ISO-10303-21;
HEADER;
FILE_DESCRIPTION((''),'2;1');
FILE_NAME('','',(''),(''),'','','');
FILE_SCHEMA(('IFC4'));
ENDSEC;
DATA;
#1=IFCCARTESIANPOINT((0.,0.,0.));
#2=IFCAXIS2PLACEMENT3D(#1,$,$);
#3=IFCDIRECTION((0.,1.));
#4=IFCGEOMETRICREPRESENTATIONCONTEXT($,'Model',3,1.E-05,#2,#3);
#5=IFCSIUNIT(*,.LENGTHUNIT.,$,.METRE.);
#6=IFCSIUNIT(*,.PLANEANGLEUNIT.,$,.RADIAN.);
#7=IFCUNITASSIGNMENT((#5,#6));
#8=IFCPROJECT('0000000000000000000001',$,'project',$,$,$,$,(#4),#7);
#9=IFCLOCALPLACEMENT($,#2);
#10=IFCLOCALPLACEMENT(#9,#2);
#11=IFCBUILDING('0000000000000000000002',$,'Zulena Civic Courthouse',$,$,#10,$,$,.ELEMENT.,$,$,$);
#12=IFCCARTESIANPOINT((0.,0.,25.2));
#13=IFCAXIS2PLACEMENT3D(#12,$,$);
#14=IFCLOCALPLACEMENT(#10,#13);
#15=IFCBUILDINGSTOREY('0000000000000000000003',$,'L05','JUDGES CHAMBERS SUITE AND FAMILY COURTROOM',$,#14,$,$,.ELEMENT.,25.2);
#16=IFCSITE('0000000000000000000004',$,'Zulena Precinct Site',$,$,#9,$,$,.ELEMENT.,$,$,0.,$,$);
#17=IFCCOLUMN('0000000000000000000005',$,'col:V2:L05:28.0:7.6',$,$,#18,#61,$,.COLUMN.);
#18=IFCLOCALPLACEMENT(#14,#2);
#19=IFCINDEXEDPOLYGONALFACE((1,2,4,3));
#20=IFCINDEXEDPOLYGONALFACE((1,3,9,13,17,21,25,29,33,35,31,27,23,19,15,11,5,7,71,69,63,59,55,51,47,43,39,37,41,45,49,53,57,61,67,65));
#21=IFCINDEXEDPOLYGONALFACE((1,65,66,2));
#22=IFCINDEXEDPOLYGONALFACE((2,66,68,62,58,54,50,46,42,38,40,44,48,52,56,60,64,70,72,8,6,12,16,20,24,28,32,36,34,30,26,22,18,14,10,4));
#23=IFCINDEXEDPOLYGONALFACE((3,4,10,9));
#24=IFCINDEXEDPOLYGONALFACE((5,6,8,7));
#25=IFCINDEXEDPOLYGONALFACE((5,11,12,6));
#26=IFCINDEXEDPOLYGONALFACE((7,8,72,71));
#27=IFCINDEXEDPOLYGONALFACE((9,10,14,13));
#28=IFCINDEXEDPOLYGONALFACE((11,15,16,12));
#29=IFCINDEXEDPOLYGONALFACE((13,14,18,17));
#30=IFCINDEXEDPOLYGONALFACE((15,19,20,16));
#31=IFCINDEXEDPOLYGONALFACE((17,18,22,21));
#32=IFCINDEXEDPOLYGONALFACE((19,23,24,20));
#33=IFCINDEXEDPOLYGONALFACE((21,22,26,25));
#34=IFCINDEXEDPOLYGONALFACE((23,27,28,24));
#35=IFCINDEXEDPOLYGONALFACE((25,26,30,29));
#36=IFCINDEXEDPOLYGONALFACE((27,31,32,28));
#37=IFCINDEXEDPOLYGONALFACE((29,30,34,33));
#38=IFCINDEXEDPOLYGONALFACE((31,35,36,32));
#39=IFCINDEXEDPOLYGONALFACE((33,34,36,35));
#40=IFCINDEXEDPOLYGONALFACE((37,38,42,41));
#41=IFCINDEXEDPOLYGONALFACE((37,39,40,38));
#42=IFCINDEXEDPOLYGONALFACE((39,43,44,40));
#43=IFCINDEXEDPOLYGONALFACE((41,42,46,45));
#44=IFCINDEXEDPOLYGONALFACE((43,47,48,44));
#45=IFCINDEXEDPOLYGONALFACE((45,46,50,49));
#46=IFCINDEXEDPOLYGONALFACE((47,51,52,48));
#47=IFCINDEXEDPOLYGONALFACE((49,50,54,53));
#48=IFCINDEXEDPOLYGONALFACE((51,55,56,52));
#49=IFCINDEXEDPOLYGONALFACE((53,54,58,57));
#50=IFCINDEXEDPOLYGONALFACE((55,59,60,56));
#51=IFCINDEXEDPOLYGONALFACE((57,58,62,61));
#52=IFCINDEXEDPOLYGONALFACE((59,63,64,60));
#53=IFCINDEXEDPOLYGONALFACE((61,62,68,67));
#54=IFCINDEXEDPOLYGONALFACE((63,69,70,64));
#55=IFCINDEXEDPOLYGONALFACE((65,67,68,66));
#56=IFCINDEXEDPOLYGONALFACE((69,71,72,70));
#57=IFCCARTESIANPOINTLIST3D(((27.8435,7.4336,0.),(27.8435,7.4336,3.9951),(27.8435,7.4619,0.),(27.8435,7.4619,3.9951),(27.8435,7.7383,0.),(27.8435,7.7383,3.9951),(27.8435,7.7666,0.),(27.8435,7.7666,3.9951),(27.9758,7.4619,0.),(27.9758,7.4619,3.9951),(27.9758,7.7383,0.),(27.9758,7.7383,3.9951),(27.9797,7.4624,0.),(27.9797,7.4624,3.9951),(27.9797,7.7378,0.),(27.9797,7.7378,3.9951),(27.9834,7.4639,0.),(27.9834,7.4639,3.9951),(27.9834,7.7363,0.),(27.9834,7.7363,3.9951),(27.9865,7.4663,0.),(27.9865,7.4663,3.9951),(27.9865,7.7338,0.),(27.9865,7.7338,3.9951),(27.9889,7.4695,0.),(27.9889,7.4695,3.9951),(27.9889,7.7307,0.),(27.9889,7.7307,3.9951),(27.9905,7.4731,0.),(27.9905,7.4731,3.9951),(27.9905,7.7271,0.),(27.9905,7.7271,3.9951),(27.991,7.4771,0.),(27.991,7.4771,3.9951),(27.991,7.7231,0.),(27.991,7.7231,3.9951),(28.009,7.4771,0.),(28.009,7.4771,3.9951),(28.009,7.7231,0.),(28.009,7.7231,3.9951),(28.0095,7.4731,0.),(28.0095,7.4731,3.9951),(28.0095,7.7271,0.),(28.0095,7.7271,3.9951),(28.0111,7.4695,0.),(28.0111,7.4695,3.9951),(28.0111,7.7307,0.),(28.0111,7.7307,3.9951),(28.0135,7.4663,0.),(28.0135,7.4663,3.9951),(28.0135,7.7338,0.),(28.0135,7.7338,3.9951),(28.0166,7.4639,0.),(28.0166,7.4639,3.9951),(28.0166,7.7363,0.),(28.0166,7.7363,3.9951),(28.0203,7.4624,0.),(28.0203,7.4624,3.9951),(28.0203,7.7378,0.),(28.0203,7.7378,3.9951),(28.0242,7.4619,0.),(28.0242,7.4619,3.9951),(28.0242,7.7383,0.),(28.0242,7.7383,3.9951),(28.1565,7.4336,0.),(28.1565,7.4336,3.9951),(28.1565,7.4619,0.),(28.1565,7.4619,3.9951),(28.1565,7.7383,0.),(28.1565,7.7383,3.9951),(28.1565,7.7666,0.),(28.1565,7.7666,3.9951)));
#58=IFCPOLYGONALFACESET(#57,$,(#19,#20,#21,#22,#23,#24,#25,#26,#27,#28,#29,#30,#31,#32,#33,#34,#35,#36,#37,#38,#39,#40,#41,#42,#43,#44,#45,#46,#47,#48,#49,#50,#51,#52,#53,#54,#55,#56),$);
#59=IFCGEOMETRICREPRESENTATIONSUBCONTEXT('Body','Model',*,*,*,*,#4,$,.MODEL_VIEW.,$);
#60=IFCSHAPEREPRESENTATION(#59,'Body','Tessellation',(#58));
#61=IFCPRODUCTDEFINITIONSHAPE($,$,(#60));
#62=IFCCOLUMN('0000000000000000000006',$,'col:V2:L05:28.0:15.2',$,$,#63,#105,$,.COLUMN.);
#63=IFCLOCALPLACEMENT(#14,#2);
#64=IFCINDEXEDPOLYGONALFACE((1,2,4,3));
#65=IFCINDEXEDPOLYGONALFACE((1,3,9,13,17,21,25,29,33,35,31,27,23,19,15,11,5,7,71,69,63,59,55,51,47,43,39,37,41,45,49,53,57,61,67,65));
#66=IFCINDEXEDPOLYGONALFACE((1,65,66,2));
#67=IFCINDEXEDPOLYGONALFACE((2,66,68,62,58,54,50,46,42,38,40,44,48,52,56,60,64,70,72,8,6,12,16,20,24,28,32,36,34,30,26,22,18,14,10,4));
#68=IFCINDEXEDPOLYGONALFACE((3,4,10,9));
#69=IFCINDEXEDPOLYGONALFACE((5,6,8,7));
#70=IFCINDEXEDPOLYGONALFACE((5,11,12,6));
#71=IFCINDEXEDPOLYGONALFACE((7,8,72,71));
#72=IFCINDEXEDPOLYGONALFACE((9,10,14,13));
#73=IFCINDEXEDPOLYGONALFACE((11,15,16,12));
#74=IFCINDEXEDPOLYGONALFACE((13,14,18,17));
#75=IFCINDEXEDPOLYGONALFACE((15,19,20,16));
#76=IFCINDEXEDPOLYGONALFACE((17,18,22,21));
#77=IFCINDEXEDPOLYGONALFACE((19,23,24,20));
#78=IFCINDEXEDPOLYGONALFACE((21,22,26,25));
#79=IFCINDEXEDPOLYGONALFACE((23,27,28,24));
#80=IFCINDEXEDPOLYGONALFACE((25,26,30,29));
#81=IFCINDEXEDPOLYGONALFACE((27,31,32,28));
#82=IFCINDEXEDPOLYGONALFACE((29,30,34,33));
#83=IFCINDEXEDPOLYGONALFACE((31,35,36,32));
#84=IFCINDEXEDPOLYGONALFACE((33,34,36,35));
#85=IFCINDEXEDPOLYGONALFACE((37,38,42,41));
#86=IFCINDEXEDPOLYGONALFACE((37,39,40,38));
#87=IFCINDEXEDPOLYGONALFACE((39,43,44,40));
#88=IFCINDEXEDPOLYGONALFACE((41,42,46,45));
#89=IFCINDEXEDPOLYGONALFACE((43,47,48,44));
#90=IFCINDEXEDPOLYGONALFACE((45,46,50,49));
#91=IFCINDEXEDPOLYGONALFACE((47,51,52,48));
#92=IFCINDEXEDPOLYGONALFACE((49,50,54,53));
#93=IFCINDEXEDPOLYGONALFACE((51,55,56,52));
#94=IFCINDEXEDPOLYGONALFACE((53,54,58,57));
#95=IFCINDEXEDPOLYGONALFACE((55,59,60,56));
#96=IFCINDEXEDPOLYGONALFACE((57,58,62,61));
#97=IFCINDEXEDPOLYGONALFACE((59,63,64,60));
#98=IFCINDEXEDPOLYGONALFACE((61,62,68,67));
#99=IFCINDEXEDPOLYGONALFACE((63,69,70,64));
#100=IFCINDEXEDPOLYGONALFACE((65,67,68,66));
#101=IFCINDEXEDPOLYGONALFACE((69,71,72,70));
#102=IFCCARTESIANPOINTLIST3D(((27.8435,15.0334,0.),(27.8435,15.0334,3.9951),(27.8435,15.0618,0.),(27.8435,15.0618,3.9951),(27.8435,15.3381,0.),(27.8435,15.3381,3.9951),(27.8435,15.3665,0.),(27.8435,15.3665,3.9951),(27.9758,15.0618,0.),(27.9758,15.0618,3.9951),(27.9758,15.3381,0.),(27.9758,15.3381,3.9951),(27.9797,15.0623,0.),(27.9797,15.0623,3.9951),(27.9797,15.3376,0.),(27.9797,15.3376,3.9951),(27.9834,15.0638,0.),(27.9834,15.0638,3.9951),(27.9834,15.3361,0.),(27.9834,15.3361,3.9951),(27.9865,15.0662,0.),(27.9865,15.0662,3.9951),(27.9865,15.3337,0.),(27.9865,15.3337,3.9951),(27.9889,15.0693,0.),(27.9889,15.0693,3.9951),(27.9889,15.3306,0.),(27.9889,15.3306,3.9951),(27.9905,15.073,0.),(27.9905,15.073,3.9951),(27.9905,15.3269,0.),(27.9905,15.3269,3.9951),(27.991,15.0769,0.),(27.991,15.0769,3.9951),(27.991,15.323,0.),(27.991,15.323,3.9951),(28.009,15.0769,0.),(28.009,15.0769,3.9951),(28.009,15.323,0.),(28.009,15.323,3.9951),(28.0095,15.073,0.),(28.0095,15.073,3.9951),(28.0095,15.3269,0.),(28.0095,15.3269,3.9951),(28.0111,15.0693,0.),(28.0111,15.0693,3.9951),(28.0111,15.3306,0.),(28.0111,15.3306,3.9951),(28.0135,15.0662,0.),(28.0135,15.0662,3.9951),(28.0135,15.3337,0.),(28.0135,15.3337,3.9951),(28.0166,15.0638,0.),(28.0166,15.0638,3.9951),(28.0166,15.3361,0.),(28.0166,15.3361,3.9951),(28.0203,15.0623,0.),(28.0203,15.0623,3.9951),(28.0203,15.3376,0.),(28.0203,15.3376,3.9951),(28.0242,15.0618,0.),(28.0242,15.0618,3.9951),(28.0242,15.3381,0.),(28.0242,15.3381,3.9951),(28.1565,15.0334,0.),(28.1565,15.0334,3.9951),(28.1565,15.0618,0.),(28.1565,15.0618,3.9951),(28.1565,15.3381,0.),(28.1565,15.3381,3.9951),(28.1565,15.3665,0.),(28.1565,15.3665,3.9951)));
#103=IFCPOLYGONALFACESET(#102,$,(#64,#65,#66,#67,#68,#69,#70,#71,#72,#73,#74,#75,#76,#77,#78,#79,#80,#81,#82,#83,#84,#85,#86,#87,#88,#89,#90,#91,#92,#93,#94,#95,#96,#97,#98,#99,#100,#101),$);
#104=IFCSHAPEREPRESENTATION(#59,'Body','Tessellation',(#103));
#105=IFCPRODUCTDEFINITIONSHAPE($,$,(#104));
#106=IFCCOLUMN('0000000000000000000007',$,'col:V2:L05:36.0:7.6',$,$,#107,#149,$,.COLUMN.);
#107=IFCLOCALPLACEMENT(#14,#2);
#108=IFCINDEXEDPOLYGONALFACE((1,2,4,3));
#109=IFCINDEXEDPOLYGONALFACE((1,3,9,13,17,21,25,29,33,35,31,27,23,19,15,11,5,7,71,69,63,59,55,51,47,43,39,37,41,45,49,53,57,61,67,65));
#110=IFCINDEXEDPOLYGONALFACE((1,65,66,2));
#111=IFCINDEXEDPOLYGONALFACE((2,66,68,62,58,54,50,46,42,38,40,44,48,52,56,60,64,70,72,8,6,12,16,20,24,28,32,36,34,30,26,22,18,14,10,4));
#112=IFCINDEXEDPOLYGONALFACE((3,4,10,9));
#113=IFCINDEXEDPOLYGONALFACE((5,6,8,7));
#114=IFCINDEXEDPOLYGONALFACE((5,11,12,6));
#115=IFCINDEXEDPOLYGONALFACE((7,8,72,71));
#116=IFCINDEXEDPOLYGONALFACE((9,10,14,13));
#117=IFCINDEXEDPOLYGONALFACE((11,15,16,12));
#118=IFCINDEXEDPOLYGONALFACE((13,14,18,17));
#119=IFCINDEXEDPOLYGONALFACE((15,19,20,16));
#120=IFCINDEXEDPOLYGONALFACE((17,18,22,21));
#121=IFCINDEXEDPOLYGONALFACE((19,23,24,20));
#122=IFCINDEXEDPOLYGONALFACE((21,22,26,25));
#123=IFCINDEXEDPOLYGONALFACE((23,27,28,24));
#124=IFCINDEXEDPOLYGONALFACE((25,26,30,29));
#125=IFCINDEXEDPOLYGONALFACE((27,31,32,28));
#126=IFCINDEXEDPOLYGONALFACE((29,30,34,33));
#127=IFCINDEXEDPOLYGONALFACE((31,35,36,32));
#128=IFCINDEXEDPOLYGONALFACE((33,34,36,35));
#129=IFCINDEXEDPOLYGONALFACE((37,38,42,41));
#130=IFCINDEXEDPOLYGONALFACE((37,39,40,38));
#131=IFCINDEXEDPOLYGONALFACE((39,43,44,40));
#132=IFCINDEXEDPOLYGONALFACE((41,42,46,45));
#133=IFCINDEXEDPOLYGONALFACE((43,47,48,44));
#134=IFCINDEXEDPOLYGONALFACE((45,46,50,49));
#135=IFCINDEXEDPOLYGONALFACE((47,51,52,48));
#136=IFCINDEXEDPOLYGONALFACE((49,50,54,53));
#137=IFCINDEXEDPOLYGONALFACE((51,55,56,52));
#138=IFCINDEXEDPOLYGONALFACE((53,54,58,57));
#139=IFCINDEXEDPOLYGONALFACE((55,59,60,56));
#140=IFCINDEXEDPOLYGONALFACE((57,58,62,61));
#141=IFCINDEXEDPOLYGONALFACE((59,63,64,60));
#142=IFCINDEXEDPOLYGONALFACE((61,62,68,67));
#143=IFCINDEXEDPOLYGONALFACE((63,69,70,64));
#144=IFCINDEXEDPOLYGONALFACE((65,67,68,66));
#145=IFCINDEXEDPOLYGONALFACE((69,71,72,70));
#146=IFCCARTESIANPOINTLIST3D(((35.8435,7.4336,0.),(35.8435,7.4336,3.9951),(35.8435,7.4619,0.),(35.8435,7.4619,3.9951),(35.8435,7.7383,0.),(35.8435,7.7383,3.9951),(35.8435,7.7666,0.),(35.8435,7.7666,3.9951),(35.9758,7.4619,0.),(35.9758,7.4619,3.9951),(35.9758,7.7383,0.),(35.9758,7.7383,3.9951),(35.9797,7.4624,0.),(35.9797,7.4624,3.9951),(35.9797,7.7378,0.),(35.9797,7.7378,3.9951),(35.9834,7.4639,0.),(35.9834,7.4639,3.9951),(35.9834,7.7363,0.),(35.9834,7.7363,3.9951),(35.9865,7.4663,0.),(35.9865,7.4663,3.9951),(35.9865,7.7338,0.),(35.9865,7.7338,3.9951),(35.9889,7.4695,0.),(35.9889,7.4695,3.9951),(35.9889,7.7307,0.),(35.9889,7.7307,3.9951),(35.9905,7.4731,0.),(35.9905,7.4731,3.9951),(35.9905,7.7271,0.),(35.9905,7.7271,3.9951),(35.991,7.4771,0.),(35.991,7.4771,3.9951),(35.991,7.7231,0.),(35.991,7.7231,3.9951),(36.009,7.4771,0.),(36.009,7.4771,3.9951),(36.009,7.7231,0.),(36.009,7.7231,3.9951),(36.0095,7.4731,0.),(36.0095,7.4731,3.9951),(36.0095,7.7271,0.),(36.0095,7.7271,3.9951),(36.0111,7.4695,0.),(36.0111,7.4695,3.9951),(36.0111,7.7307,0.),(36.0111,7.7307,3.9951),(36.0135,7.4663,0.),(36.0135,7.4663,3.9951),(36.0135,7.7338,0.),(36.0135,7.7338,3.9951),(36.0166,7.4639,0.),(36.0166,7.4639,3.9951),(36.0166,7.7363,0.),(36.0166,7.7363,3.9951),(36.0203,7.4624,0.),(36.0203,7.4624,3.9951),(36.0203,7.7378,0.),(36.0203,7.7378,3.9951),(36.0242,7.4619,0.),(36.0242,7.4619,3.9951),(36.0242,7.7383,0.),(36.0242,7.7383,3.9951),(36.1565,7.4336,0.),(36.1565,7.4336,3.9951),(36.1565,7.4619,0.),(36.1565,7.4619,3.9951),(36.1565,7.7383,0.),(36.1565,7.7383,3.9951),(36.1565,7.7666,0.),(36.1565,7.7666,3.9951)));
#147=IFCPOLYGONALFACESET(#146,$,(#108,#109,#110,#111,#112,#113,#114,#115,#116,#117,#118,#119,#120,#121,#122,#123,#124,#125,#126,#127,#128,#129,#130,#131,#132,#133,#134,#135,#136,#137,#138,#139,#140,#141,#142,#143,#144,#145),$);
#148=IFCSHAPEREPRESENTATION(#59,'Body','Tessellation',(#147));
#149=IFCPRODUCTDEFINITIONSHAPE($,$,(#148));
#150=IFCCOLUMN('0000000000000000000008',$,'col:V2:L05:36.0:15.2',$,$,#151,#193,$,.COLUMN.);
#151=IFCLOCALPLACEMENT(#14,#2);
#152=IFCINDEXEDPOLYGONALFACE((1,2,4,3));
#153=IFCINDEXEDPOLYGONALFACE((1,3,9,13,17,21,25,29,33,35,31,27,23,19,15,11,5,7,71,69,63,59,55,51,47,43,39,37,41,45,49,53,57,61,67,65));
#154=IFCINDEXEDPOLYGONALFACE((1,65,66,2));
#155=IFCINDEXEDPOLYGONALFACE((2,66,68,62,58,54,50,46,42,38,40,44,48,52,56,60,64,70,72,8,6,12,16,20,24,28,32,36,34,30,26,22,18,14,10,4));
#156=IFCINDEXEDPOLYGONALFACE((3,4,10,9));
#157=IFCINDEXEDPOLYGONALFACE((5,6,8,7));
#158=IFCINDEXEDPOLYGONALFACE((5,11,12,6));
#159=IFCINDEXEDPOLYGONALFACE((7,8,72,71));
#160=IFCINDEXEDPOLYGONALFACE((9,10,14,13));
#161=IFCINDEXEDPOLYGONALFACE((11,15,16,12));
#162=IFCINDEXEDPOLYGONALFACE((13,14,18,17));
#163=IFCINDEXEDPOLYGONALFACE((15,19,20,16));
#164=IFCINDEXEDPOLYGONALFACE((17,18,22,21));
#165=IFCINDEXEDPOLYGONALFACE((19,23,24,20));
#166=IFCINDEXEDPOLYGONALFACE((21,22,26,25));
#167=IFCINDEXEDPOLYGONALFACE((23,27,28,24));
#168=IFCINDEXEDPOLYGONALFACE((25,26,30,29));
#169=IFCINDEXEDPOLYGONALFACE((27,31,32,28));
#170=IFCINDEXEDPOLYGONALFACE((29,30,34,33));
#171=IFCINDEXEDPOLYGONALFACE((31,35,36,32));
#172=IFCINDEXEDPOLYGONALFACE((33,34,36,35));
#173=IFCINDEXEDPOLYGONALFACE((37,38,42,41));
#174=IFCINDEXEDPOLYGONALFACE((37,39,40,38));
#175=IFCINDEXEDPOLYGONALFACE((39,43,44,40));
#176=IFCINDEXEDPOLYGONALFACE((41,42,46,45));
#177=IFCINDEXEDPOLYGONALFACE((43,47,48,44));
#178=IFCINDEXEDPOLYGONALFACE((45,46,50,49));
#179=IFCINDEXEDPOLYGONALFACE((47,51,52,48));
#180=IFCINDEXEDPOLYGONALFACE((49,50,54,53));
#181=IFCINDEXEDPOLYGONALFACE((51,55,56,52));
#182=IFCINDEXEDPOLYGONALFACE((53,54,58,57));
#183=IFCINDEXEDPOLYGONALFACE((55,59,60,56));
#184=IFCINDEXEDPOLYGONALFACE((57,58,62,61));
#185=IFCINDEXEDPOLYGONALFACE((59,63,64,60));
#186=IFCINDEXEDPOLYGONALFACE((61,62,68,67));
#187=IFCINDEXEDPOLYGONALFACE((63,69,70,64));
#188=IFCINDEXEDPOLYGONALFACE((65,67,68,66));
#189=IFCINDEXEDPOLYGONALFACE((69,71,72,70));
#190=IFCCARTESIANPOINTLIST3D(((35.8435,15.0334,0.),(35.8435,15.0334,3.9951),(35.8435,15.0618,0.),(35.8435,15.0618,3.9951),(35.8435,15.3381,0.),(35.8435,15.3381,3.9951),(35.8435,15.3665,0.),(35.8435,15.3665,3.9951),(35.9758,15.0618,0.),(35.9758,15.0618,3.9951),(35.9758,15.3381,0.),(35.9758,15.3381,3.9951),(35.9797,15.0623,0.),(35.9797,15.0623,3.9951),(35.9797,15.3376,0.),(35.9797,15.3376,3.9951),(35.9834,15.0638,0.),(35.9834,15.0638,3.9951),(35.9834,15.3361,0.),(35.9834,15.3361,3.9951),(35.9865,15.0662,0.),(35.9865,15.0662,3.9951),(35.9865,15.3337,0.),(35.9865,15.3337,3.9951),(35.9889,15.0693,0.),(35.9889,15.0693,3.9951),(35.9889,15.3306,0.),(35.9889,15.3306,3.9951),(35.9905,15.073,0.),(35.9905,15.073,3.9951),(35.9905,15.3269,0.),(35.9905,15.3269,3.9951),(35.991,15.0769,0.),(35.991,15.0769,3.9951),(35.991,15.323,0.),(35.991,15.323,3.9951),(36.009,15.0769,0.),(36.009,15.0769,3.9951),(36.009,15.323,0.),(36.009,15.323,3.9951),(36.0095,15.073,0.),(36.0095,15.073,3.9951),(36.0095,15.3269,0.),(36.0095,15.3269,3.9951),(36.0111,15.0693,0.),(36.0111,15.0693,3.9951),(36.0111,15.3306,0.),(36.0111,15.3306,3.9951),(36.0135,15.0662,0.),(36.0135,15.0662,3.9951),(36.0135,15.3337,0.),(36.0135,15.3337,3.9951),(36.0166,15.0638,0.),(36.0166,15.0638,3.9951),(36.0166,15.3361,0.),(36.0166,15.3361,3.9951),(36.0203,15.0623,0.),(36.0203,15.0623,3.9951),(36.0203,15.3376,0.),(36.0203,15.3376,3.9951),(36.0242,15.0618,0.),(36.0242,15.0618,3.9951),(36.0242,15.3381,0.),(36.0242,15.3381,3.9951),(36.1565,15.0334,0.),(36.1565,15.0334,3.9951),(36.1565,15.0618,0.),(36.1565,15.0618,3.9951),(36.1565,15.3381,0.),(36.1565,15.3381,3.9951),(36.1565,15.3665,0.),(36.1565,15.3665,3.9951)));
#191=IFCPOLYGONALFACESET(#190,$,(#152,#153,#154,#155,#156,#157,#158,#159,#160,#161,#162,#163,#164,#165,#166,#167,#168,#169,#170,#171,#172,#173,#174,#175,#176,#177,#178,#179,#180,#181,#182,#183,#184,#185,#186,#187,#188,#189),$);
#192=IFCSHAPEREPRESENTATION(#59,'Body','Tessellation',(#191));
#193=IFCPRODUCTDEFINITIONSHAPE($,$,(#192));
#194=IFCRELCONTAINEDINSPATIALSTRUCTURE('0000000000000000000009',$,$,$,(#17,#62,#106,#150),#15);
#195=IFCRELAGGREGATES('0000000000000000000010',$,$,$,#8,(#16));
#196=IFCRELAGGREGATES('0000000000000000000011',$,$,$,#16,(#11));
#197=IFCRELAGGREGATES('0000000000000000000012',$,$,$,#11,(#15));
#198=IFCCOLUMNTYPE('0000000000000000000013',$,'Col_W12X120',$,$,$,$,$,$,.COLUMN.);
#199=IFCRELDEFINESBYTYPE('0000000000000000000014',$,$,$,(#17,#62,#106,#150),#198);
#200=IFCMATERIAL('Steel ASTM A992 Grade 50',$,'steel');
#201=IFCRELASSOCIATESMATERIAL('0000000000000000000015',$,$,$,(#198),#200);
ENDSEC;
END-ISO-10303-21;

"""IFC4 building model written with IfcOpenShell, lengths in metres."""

from ifc_helpers import new_model, si_unit, direction, frame, origin, origin_2d, place, context, subcontext, project, spatial, i_section, extrude, material, material_profile, profile_set, type_object, element, save


model = new_model("IFC4")

# Units and contexts
model_context = context("Model", 3, precision=1e-05, world=origin(), true_north=direction((0.0, 1.0)))
body_context = subcontext(model_context, "Body", "Model", "MODEL_VIEW")
ifc_project = project(units=[si_unit("LENGTHUNIT", "METRE"), si_unit("PLANEANGLEUNIT", "RADIAN")], contexts=[model_context])

# Site, building, storey
site_placement = place(None, origin())
site = spatial("IfcSite", under=ifc_project, at=site_placement, Name="Zulena Precinct Site", CompositionType="ELEMENT", RefElevation=0.0)
building_placement = place(site_placement, origin())
building = spatial("IfcBuilding", under=site, at=building_placement, Name="Zulena Civic Courthouse", CompositionType="ELEMENT")
storey_placement = place(building_placement, frame((0.0, 0.0, 25.2)))
storey = spatial("IfcBuildingStorey", under=building, at=storey_placement, Name="L05", Description="JUDGES CHAMBERS SUITE AND FAMILY COURTROOM", CompositionType="ELEMENT", Elevation=25.2)

# Columns
ifc_material_1 = material(Name="Steel ASTM A992 Grade 50", Category="steel")
ifc_material_profile_1 = material_profile(ifc_material_1, i_section(OverallWidth=0.313, OverallDepth=0.333, WebThickness=0.0181, FlangeThickness=0.0283, FilletRadius=0.0151, at=origin_2d()), Name="W12X120")
ifc_profile_set_1 = profile_set([ifc_material_profile_1], Name="Steel ASTM A992 Grade 50")
column_type = type_object("IfcColumnType", Name="Col_W12X120", PredefinedType="COLUMN", material=ifc_profile_set_1)
for number, where, z_axis, x_axis, name in (
    (1, (28.0, 7.6001, 0.0), (0.0, 0.0, 1.0), (1.0, 0.0, 0.0), "col:V2:L05:28.0:7.6"),
    (2, (28.0, 15.2, 0.0), (0.0, 0.0, 1.0), (1.0, 0.0, 0.0), "col:V2:L05:28.0:15.2"),
    (3, (36.0, 7.6001, 0.0), (0.0, 0.0, 1.0), (1.0, 0.0, 0.0), "col:V2:L05:36.0:7.6"),
    (4, (36.0, 15.2, 0.0), (0.0, 0.0, 1.0), (1.0, 0.0, 0.0), "col:V2:L05:36.0:15.2"),
):
    element("IfcColumn", number, at=place(storey_placement, frame(where, z_axis=z_axis, x_axis=x_axis)), inside=storey, type_object=column_type, Name=name, PredefinedType="COLUMN", context=body_context, shape_type="SweptSolid", body=[
        extrude(i_section(OverallWidth=0.313, OverallDepth=0.333, WebThickness=0.0181, FlangeThickness=0.0283, FilletRadius=0.0151, at=origin_2d()), origin(), (0.0, 0.0, 1.0), 3.9951),
    ])

save(model, "model.ifc")
